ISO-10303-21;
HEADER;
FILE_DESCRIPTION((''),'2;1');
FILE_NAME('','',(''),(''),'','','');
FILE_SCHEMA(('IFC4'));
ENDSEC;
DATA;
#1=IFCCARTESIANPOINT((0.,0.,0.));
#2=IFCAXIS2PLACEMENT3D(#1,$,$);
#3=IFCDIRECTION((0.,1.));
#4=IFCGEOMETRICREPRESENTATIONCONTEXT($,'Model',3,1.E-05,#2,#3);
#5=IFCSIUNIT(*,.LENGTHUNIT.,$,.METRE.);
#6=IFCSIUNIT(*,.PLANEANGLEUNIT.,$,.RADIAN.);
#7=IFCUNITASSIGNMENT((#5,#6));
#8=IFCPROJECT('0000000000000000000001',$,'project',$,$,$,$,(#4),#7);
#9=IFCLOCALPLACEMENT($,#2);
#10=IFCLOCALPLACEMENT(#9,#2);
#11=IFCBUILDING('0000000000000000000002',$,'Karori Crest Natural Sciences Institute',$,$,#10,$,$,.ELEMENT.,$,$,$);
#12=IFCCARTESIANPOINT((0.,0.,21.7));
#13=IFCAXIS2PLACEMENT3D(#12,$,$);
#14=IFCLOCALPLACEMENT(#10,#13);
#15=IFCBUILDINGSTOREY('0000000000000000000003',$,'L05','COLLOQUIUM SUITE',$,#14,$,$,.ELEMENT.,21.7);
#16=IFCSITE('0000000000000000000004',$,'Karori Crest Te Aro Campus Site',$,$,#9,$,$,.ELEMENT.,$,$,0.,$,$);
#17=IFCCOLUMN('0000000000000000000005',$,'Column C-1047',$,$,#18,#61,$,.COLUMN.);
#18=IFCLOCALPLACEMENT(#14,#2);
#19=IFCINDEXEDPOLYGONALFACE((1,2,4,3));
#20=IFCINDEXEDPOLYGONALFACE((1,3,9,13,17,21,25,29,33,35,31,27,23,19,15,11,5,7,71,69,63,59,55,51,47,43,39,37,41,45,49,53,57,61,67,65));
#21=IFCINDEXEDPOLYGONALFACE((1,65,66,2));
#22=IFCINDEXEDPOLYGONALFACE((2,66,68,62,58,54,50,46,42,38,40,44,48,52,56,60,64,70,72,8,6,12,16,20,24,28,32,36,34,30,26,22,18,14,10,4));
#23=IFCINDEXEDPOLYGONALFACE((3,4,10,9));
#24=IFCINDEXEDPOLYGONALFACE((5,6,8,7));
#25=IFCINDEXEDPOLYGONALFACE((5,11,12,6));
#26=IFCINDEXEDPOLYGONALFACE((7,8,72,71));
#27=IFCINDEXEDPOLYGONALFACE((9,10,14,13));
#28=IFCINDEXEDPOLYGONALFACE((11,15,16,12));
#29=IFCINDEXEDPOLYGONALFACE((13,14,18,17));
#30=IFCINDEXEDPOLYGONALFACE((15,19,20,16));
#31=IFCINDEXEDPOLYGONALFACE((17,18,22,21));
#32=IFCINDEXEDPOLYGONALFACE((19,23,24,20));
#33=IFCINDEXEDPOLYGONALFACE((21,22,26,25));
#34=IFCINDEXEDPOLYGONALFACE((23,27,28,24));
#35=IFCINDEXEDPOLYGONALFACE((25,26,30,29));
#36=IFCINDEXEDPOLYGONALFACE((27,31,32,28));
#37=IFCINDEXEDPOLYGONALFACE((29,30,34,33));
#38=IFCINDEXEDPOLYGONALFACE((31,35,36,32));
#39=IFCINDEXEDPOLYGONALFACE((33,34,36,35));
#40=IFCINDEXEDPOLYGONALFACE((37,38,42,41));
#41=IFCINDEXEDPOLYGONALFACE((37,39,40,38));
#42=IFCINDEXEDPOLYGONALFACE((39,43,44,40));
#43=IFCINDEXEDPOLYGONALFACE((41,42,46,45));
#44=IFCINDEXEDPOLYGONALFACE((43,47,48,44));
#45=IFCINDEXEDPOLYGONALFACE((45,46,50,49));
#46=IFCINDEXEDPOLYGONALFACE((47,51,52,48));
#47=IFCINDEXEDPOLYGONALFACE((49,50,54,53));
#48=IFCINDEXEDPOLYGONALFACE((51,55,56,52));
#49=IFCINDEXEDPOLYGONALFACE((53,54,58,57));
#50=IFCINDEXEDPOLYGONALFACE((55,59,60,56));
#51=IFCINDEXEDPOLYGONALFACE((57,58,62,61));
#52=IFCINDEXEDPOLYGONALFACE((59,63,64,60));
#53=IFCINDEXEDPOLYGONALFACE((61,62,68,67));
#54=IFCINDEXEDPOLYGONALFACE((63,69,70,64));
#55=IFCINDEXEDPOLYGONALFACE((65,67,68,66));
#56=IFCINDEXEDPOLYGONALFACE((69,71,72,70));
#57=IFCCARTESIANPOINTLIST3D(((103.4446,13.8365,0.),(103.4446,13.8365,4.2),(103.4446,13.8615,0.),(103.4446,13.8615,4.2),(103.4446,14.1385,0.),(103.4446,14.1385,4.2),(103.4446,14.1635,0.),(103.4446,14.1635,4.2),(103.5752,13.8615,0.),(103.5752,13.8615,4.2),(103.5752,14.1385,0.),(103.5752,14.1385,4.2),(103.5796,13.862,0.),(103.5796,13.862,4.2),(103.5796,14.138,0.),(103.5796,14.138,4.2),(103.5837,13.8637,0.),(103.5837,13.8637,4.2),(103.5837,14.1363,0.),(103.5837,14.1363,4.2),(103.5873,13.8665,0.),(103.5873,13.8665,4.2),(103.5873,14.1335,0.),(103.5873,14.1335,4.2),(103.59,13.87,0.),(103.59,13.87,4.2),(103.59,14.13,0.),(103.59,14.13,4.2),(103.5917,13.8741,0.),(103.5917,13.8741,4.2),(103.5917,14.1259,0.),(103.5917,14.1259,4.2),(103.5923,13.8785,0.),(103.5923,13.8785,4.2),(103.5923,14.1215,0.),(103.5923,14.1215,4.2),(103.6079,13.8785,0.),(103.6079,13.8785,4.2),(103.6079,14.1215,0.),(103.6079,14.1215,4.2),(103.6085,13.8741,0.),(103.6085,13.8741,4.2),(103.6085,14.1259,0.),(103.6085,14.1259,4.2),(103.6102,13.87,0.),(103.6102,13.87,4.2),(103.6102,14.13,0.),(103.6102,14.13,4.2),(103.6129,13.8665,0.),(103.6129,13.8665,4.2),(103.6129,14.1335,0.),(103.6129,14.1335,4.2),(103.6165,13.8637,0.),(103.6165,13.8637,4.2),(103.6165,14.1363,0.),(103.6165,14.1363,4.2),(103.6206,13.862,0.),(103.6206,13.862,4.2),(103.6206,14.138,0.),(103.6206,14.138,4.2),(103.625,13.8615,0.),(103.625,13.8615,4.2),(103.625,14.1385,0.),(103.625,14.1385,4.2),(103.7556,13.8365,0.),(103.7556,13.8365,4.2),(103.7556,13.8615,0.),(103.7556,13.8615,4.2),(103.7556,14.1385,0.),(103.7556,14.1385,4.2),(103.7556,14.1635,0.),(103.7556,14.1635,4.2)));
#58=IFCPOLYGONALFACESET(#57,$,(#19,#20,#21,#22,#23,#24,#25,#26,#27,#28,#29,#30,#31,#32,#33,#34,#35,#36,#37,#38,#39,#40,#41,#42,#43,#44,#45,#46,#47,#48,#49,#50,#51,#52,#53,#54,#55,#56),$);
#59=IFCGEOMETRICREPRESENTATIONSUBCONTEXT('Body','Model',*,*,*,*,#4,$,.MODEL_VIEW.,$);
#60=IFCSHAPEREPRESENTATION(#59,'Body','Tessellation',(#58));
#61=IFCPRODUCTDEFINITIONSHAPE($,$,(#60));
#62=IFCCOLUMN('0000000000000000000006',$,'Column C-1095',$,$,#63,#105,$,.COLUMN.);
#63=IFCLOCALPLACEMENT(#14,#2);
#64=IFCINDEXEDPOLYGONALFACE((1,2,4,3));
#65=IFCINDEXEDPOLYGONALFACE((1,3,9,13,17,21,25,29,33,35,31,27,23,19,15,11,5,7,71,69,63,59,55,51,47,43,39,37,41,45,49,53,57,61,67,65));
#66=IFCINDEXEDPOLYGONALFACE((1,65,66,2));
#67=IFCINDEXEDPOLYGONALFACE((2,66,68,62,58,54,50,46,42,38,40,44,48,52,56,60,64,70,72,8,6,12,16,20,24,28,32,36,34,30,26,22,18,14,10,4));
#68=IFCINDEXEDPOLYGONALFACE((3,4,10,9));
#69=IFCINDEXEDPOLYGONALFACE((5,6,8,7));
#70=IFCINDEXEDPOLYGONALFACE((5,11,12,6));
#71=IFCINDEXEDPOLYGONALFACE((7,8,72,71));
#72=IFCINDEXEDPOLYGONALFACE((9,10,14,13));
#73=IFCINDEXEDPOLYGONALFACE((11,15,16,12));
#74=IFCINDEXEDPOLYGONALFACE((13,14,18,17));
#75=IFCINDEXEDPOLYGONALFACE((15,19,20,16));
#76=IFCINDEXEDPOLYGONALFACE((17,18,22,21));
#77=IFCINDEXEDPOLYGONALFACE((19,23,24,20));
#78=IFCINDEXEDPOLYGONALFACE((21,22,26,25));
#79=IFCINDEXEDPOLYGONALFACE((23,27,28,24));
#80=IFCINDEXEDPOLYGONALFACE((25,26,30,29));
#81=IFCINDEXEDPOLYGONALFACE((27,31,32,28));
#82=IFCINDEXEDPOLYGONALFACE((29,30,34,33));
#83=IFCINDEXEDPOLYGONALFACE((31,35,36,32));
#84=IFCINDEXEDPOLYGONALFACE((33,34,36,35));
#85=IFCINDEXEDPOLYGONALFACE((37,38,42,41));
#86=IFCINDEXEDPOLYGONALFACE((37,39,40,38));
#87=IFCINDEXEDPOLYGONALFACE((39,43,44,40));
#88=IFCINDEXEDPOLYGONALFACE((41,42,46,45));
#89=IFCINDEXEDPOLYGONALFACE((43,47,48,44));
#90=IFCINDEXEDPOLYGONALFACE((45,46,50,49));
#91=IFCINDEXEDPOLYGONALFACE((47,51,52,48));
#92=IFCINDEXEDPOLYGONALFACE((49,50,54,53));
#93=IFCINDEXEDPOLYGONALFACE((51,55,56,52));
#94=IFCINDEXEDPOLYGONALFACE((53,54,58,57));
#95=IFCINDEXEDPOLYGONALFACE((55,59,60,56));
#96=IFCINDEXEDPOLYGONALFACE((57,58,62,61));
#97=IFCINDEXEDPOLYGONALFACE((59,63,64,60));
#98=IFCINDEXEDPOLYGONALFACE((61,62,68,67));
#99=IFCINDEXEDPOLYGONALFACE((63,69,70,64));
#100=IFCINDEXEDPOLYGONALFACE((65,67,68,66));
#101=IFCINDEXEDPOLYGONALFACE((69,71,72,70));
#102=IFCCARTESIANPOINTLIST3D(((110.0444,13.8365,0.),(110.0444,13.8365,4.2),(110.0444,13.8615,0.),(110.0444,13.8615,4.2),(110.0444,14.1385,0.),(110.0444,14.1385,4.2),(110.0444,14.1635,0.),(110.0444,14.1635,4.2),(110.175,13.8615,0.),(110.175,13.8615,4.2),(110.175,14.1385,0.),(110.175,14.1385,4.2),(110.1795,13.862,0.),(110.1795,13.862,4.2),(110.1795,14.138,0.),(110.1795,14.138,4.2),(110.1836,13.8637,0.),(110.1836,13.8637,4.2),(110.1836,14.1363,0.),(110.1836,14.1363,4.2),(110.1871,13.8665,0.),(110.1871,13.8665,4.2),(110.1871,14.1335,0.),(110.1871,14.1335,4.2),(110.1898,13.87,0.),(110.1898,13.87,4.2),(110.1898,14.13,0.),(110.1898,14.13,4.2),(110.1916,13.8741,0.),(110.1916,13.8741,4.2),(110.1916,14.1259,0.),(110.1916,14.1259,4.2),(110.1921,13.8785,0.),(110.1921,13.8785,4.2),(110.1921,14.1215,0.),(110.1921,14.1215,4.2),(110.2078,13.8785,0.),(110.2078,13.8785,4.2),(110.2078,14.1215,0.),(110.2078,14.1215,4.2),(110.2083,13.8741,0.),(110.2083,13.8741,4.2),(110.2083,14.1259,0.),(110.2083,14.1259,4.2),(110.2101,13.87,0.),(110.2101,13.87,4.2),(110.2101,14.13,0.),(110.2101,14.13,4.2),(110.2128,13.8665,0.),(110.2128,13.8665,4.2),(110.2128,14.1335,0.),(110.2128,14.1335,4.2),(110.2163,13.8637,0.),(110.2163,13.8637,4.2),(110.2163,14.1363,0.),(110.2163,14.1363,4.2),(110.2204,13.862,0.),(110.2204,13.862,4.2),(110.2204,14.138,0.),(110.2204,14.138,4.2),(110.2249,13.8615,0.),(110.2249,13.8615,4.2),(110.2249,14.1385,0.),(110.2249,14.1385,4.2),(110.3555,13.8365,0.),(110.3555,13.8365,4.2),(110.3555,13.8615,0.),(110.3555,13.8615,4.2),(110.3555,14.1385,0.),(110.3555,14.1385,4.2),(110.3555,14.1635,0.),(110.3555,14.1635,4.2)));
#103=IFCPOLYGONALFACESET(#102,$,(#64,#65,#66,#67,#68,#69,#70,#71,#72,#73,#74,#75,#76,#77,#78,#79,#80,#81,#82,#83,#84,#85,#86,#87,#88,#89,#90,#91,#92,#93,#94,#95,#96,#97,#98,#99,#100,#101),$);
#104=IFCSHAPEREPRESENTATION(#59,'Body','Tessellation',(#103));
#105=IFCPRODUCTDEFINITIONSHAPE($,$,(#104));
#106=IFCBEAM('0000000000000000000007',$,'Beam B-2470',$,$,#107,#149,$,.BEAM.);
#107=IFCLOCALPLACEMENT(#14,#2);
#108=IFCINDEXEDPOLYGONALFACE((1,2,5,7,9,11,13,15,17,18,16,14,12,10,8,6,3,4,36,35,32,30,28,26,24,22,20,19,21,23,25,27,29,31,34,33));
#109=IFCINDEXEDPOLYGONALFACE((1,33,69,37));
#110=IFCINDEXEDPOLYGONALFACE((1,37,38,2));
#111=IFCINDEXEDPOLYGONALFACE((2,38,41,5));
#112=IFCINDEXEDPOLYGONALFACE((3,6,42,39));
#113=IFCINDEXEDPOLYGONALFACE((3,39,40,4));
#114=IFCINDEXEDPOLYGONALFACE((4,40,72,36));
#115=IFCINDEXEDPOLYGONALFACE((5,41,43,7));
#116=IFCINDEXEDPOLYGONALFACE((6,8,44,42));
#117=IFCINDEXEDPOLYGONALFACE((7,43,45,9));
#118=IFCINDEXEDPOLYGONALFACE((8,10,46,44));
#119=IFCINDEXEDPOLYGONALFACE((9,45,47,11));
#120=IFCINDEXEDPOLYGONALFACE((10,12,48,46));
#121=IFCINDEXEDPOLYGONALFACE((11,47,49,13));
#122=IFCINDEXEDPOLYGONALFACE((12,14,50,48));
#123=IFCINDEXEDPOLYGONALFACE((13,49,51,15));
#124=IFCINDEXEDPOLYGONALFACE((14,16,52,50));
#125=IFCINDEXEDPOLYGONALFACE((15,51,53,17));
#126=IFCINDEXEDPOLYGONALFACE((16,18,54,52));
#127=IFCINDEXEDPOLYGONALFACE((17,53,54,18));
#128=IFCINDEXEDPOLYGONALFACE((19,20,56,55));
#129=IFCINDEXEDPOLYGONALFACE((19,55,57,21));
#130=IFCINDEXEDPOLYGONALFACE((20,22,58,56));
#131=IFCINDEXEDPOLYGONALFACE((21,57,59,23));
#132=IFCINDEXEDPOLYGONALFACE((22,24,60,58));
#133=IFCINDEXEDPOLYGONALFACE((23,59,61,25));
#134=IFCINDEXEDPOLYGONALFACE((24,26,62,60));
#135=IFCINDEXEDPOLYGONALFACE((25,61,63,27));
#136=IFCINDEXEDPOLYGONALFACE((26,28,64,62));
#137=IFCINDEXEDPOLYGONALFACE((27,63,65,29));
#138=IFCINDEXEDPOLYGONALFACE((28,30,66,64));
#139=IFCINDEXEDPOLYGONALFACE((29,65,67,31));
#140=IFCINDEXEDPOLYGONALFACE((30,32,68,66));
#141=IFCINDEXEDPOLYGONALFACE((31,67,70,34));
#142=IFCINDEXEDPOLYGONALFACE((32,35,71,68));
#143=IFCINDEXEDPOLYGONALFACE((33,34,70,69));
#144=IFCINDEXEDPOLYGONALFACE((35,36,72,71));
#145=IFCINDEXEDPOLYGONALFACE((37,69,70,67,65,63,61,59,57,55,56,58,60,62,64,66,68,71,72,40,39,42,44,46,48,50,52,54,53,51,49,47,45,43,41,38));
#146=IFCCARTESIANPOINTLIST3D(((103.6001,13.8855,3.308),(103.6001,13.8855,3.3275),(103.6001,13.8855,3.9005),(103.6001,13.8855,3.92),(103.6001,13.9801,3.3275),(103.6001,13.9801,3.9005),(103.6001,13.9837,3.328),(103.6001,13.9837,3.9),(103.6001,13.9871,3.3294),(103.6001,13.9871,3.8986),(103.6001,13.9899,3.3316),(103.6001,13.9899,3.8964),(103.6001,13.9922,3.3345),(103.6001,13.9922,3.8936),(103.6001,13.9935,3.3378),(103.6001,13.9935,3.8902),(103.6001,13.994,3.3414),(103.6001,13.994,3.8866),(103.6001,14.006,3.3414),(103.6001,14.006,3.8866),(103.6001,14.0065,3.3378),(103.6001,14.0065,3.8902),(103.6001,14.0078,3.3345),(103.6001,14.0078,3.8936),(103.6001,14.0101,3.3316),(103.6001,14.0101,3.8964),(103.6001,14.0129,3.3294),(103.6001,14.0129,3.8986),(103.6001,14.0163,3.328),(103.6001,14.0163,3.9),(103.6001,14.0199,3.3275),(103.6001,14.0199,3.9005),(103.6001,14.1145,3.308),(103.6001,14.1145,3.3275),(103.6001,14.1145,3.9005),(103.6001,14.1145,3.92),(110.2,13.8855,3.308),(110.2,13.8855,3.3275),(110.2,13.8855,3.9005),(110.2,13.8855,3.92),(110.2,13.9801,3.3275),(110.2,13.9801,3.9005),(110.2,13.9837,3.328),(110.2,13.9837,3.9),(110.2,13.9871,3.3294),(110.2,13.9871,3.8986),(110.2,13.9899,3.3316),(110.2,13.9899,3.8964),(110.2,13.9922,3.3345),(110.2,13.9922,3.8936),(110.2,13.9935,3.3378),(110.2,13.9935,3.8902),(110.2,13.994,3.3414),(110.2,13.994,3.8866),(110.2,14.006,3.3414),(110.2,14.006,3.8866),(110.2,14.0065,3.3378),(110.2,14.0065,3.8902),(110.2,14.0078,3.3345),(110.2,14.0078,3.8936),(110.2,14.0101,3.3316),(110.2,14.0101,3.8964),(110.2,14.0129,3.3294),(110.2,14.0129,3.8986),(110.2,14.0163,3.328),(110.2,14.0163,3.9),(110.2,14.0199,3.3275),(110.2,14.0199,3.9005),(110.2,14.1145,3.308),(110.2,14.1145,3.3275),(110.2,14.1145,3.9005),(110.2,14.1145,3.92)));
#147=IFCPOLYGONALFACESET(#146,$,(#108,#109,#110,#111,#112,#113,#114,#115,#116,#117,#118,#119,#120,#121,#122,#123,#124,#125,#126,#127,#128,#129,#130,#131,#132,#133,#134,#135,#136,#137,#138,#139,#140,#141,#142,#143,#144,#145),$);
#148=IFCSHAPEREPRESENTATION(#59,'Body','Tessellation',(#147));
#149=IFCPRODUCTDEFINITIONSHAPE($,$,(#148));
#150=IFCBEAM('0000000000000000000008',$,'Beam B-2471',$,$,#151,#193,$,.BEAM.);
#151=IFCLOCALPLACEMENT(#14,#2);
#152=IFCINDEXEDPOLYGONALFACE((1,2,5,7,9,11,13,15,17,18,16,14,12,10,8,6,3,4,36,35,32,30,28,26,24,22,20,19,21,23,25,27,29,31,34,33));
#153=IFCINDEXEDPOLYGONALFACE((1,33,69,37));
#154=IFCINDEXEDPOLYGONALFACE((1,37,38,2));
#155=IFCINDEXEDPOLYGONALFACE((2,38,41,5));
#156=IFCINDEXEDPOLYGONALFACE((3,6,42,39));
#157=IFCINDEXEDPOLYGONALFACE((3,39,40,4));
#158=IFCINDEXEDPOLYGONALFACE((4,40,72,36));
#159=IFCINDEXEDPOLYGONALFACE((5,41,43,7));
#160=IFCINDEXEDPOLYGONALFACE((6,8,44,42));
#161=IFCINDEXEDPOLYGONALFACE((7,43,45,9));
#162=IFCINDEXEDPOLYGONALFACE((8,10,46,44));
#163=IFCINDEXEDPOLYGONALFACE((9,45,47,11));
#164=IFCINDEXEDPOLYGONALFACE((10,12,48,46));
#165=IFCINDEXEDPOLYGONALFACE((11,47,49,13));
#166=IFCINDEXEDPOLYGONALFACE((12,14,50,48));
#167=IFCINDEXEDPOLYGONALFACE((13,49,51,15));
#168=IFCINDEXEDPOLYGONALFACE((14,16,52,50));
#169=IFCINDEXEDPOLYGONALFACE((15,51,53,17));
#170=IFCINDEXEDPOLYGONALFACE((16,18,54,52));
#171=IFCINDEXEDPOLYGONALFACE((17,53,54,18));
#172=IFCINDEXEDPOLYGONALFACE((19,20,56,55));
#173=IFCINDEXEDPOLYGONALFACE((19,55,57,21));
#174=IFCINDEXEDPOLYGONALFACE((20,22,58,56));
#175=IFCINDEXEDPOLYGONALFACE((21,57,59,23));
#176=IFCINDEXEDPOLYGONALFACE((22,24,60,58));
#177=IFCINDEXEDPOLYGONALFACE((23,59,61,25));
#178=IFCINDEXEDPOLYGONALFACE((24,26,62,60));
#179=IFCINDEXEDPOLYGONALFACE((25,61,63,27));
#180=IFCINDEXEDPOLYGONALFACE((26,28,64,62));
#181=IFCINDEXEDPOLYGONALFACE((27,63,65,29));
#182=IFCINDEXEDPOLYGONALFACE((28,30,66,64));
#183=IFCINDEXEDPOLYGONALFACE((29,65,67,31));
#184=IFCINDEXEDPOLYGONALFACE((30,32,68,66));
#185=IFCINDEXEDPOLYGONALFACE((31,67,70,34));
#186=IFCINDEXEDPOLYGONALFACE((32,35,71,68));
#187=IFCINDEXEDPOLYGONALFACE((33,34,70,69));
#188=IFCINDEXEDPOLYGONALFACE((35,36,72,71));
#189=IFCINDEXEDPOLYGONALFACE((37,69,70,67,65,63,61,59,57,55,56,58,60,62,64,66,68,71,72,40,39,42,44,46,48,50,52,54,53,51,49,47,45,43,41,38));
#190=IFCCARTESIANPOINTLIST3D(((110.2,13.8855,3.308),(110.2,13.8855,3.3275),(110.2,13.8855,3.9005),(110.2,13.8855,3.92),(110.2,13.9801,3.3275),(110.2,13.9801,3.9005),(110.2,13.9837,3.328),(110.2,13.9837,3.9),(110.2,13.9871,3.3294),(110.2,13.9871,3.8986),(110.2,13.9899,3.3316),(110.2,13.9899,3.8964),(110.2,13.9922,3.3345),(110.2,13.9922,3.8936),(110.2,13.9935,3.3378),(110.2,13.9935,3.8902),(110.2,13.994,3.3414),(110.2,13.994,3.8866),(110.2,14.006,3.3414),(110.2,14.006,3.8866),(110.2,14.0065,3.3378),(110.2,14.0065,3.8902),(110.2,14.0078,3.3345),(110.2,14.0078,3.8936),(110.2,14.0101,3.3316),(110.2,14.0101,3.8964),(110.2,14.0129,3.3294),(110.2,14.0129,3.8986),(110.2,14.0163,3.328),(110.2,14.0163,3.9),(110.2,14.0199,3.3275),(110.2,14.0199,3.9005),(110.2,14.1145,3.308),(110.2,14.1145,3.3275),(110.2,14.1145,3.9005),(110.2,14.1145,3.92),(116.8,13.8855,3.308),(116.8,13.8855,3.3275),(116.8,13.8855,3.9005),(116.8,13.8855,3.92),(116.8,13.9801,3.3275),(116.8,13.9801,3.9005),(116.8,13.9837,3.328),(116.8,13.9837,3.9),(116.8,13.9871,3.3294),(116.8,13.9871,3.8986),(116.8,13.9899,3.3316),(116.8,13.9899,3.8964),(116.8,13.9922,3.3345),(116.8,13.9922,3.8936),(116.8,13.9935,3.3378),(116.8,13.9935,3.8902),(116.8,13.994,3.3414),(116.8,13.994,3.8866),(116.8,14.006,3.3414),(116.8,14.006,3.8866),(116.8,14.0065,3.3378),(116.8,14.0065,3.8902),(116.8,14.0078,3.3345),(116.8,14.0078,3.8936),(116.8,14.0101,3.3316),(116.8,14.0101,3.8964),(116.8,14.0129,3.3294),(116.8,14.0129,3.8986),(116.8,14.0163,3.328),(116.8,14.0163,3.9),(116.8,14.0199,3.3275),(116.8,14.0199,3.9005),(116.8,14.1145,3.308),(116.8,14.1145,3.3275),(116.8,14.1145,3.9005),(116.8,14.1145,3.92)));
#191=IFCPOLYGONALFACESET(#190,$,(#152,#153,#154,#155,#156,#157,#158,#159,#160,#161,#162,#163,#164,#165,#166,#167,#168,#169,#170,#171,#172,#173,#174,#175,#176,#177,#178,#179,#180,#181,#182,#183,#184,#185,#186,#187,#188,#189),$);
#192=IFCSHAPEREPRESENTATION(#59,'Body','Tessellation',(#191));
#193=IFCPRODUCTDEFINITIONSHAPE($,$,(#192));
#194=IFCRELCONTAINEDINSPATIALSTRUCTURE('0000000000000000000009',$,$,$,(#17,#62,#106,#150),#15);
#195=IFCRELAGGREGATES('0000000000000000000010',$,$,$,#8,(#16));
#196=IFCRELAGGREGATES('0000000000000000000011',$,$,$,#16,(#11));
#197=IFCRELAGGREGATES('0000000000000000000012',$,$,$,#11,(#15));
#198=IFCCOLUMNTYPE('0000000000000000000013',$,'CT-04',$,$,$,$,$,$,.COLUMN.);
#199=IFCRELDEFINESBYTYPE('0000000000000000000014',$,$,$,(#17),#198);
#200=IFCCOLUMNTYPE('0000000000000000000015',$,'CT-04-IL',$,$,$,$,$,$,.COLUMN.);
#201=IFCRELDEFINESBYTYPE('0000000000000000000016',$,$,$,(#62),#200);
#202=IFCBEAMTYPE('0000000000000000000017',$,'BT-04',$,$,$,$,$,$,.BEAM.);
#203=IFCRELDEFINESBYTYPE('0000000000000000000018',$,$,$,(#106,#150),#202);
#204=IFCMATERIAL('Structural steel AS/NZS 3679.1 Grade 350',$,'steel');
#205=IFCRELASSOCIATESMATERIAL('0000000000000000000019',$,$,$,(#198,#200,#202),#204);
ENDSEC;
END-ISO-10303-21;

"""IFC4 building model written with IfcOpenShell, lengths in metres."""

from ifc_helpers import new_model, si_unit, direction, frame, origin, origin_2d, place, context, subcontext, project, spatial, i_section, extrude, material, material_profile, profile_set, type_object, element, save


model = new_model("IFC4")

# Units and contexts
model_context = context("Model", 3, precision=1e-05, world=origin(), true_north=direction((0.0, 1.0)))
body_context = subcontext(model_context, "Body", "Model", "MODEL_VIEW")
ifc_project = project(units=[si_unit("LENGTHUNIT", "METRE"), si_unit("PLANEANGLEUNIT", "RADIAN")], contexts=[model_context])

# Site, building, storey
site_placement = place(None, origin())
site = spatial("IfcSite", under=ifc_project, at=site_placement, Name="Karori Crest Te Aro Campus Site", CompositionType="ELEMENT", RefElevation=0.0)
building_placement = place(site_placement, origin())
building = spatial("IfcBuilding", under=site, at=building_placement, Name="Karori Crest Natural Sciences Institute", CompositionType="ELEMENT")
storey_placement = place(building_placement, frame((0.0, 0.0, 21.7)))
storey = spatial("IfcBuildingStorey", under=building, at=storey_placement, Name="L05", Description="COLLOQUIUM SUITE", CompositionType="ELEMENT", Elevation=21.7)

# Columns
ifc_material_1 = material(Name="Structural steel AS/NZS 3679.1 Grade 350", Category="steel")
ifc_material_profile_1 = material_profile(ifc_material_1, i_section(OverallWidth=0.311, OverallDepth=0.3269, WebThickness=0.0156, FlangeThickness=0.0249, FilletRadius=0.0171, at=origin_2d()), Name="310UC158")
ifc_profile_set_1 = profile_set([ifc_material_profile_1], Name="Structural steel AS/NZS 3679.1 Grade 350")
column_type_1 = type_object("IfcColumnType", Name="CT-04", PredefinedType="COLUMN", material=ifc_profile_set_1)
column_1_placement = place(storey_placement, frame((103.6001, 14.0, 0.0), z_axis=(0.0, 0.0, 1.0), x_axis=(1.0, 0.0, 0.0)))
element("IfcColumn", 1, at=column_1_placement, inside=storey, type_object=column_type_1, Name="Column C-1047", PredefinedType="COLUMN", context=body_context, shape_type="SweptSolid", body=[
    extrude(i_section(OverallWidth=0.311, OverallDepth=0.3269, WebThickness=0.0156, FlangeThickness=0.0249, FilletRadius=0.0171, at=origin_2d()), origin(), (0.0, 0.0, 1.0), 4.2),
])
ifc_material_profile_2 = material_profile(ifc_material_1, i_section(OverallWidth=0.311, OverallDepth=0.3269, WebThickness=0.0156, FlangeThickness=0.0249, FilletRadius=0.0171, at=origin_2d()), Name="310UC158")
ifc_profile_set_2 = profile_set([ifc_material_profile_2], Name="Structural steel AS/NZS 3679.1 Grade 350")
column_type_2 = type_object("IfcColumnType", Name="CT-04-IL", PredefinedType="COLUMN", material=ifc_profile_set_2)
column_2_placement = place(storey_placement, frame((110.2, 14.0, 0.0), z_axis=(0.0, 0.0, 1.0), x_axis=(1.0, 0.0, 0.0)))
element("IfcColumn", 2, at=column_2_placement, inside=storey, type_object=column_type_2, Name="Column C-1095", PredefinedType="COLUMN", context=body_context, shape_type="SweptSolid", body=[
    extrude(i_section(OverallWidth=0.311, OverallDepth=0.3269, WebThickness=0.0156, FlangeThickness=0.0249, FilletRadius=0.0171, at=origin_2d()), origin(), (0.0, 0.0, 1.0), 4.2),
])

# Beams
ifc_material_profile_3 = material_profile(ifc_material_1, i_section(OverallWidth=0.229, OverallDepth=0.6121, WebThickness=0.012, FlangeThickness=0.0195, FilletRadius=0.0139, at=origin_2d()), Name="610UB125")
ifc_profile_set_3 = profile_set([ifc_material_profile_3], Name="Structural steel AS/NZS 3679.1 Grade 350")
beam_type_1 = type_object("IfcBeamType", Name="BT-04", PredefinedType="BEAM", material=ifc_profile_set_3)
beam_1_placement = place(storey_placement, frame((103.6001, 14.0, 3.614), z_axis=(1.0, 0.0, 0.0), x_axis=(0.0, 1.0, 0.0)))
element("IfcBeam", 3, at=beam_1_placement, inside=storey, type_object=beam_type_1, Name="Beam B-2470", PredefinedType="BEAM", context=body_context, shape_type="SweptSolid", body=[
    extrude(i_section(OverallWidth=0.229, OverallDepth=0.6121, WebThickness=0.012, FlangeThickness=0.0195, FilletRadius=0.0139, at=origin_2d()), origin(), (0.0, 0.0, 1.0), 6.5999),
])
beam_2_placement = place(storey_placement, frame((110.2, 14.0, 3.614), z_axis=(1.0, 0.0, 0.0), x_axis=(0.0, 1.0, 0.0)))
element("IfcBeam", 4, at=beam_2_placement, inside=storey, type_object=beam_type_1, Name="Beam B-2471", PredefinedType="BEAM", context=body_context, shape_type="SweptSolid", body=[
    extrude(i_section(OverallWidth=0.229, OverallDepth=0.6121, WebThickness=0.012, FlangeThickness=0.0195, FilletRadius=0.0139, at=origin_2d()), origin(), (0.0, 0.0, 1.0), 6.6001),
])

save(model, "model.ifc")
